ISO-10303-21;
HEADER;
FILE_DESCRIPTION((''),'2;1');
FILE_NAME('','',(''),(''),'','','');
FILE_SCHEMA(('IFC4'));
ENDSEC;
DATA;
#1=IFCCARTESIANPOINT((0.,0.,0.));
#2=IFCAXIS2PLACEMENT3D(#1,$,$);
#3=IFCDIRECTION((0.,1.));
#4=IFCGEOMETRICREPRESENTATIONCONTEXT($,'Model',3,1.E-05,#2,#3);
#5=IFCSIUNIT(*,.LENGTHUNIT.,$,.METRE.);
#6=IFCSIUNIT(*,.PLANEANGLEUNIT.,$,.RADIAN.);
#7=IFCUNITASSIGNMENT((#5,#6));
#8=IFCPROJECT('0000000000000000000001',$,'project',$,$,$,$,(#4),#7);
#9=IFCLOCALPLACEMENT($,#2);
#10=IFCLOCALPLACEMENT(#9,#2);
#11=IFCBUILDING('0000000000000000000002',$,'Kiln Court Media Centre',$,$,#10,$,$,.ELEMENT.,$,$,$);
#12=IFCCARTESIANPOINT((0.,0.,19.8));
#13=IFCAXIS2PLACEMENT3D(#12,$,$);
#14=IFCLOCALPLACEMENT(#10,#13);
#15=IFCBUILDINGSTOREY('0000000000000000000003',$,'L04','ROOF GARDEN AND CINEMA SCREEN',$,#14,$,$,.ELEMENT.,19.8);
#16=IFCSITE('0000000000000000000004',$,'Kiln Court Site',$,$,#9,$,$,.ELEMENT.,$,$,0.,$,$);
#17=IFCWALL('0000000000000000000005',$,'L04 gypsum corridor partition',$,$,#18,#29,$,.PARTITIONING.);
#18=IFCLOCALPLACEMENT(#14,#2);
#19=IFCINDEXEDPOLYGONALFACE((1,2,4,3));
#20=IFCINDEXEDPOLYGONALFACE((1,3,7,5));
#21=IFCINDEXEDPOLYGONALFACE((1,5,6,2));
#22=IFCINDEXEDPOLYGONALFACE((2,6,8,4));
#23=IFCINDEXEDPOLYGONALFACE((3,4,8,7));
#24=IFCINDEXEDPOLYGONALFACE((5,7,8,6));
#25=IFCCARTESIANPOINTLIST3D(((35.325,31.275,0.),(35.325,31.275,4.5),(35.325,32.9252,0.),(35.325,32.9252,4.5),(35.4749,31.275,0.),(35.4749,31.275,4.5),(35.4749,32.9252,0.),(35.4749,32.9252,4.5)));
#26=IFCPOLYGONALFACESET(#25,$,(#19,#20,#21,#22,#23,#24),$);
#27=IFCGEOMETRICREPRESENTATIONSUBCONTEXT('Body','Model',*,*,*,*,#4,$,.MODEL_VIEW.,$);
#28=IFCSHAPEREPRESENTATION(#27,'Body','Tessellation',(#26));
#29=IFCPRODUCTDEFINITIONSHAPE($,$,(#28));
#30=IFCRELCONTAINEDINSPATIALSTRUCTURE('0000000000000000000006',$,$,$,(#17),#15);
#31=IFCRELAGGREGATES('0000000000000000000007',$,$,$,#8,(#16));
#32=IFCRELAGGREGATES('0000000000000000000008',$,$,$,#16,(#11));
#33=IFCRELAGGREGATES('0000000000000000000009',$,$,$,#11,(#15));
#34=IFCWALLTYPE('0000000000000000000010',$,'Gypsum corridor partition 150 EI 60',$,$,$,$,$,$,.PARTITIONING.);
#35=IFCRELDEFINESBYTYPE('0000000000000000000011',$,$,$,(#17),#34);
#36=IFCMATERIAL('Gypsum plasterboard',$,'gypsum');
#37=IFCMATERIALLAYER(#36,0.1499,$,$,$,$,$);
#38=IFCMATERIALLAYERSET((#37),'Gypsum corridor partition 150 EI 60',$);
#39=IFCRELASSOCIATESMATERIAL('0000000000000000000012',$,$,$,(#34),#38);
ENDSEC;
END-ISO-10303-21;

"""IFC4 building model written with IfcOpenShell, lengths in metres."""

from ifc_helpers import new_model, si_unit, direction, frame, frame_2d, origin, place, context, subcontext, project, spatial, rectangle, extrude, material, layer, layer_set, type_object, element, save


model = new_model("IFC4")

# Units and contexts
model_context = context("Model", 3, precision=1e-05, world=origin(), true_north=direction((0.0, 1.0)))
body_context = subcontext(model_context, "Body", "Model", "MODEL_VIEW")
ifc_project = project(units=[si_unit("LENGTHUNIT", "METRE"), si_unit("PLANEANGLEUNIT", "RADIAN")], contexts=[model_context])

# Site, building, storey
site_placement = place(None, origin())
site = spatial("IfcSite", under=ifc_project, at=site_placement, Name="Kiln Court Site", CompositionType="ELEMENT", RefElevation=0.0)
building_placement = place(site_placement, origin())
building = spatial("IfcBuilding", under=site, at=building_placement, Name="Kiln Court Media Centre", CompositionType="ELEMENT")
storey_placement = place(building_placement, frame((0.0, 0.0, 19.8)))
storey = spatial("IfcBuildingStorey", under=building, at=storey_placement, Name="L04", Description="ROOF GARDEN AND CINEMA SCREEN", CompositionType="ELEMENT", Elevation=19.8)

# Wall
ifc_material_1 = material(Name="Gypsum plasterboard", Category="gypsum")
ifc_layer_1 = layer(ifc_material_1, 0.1499)
ifc_layer_set_1 = layer_set([ifc_layer_1], Name="Gypsum corridor partition 150 EI 60")
wall_type_1 = type_object("IfcWallType", Name="Gypsum corridor partition 150 EI 60", PredefinedType="PARTITIONING", material=ifc_layer_set_1)
wall_1_placement = place(storey_placement, frame((35.3999, 31.2749, 0.0), z_axis=(0.0, 0.0, 1.0), x_axis=(0.0, 1.0, 0.0)))
element("IfcWall", 1, at=wall_1_placement, inside=storey, type_object=wall_type_1, Name="L04 gypsum corridor partition", PredefinedType="PARTITIONING", context=body_context, shape_type="SweptSolid", body=[
    extrude(rectangle(XDim=1.6501, YDim=0.1499, at=frame_2d((0.8252, 0.0))), origin(), (0.0, 0.0, 1.0), 4.5),
])

save(model, "model.ifc")
